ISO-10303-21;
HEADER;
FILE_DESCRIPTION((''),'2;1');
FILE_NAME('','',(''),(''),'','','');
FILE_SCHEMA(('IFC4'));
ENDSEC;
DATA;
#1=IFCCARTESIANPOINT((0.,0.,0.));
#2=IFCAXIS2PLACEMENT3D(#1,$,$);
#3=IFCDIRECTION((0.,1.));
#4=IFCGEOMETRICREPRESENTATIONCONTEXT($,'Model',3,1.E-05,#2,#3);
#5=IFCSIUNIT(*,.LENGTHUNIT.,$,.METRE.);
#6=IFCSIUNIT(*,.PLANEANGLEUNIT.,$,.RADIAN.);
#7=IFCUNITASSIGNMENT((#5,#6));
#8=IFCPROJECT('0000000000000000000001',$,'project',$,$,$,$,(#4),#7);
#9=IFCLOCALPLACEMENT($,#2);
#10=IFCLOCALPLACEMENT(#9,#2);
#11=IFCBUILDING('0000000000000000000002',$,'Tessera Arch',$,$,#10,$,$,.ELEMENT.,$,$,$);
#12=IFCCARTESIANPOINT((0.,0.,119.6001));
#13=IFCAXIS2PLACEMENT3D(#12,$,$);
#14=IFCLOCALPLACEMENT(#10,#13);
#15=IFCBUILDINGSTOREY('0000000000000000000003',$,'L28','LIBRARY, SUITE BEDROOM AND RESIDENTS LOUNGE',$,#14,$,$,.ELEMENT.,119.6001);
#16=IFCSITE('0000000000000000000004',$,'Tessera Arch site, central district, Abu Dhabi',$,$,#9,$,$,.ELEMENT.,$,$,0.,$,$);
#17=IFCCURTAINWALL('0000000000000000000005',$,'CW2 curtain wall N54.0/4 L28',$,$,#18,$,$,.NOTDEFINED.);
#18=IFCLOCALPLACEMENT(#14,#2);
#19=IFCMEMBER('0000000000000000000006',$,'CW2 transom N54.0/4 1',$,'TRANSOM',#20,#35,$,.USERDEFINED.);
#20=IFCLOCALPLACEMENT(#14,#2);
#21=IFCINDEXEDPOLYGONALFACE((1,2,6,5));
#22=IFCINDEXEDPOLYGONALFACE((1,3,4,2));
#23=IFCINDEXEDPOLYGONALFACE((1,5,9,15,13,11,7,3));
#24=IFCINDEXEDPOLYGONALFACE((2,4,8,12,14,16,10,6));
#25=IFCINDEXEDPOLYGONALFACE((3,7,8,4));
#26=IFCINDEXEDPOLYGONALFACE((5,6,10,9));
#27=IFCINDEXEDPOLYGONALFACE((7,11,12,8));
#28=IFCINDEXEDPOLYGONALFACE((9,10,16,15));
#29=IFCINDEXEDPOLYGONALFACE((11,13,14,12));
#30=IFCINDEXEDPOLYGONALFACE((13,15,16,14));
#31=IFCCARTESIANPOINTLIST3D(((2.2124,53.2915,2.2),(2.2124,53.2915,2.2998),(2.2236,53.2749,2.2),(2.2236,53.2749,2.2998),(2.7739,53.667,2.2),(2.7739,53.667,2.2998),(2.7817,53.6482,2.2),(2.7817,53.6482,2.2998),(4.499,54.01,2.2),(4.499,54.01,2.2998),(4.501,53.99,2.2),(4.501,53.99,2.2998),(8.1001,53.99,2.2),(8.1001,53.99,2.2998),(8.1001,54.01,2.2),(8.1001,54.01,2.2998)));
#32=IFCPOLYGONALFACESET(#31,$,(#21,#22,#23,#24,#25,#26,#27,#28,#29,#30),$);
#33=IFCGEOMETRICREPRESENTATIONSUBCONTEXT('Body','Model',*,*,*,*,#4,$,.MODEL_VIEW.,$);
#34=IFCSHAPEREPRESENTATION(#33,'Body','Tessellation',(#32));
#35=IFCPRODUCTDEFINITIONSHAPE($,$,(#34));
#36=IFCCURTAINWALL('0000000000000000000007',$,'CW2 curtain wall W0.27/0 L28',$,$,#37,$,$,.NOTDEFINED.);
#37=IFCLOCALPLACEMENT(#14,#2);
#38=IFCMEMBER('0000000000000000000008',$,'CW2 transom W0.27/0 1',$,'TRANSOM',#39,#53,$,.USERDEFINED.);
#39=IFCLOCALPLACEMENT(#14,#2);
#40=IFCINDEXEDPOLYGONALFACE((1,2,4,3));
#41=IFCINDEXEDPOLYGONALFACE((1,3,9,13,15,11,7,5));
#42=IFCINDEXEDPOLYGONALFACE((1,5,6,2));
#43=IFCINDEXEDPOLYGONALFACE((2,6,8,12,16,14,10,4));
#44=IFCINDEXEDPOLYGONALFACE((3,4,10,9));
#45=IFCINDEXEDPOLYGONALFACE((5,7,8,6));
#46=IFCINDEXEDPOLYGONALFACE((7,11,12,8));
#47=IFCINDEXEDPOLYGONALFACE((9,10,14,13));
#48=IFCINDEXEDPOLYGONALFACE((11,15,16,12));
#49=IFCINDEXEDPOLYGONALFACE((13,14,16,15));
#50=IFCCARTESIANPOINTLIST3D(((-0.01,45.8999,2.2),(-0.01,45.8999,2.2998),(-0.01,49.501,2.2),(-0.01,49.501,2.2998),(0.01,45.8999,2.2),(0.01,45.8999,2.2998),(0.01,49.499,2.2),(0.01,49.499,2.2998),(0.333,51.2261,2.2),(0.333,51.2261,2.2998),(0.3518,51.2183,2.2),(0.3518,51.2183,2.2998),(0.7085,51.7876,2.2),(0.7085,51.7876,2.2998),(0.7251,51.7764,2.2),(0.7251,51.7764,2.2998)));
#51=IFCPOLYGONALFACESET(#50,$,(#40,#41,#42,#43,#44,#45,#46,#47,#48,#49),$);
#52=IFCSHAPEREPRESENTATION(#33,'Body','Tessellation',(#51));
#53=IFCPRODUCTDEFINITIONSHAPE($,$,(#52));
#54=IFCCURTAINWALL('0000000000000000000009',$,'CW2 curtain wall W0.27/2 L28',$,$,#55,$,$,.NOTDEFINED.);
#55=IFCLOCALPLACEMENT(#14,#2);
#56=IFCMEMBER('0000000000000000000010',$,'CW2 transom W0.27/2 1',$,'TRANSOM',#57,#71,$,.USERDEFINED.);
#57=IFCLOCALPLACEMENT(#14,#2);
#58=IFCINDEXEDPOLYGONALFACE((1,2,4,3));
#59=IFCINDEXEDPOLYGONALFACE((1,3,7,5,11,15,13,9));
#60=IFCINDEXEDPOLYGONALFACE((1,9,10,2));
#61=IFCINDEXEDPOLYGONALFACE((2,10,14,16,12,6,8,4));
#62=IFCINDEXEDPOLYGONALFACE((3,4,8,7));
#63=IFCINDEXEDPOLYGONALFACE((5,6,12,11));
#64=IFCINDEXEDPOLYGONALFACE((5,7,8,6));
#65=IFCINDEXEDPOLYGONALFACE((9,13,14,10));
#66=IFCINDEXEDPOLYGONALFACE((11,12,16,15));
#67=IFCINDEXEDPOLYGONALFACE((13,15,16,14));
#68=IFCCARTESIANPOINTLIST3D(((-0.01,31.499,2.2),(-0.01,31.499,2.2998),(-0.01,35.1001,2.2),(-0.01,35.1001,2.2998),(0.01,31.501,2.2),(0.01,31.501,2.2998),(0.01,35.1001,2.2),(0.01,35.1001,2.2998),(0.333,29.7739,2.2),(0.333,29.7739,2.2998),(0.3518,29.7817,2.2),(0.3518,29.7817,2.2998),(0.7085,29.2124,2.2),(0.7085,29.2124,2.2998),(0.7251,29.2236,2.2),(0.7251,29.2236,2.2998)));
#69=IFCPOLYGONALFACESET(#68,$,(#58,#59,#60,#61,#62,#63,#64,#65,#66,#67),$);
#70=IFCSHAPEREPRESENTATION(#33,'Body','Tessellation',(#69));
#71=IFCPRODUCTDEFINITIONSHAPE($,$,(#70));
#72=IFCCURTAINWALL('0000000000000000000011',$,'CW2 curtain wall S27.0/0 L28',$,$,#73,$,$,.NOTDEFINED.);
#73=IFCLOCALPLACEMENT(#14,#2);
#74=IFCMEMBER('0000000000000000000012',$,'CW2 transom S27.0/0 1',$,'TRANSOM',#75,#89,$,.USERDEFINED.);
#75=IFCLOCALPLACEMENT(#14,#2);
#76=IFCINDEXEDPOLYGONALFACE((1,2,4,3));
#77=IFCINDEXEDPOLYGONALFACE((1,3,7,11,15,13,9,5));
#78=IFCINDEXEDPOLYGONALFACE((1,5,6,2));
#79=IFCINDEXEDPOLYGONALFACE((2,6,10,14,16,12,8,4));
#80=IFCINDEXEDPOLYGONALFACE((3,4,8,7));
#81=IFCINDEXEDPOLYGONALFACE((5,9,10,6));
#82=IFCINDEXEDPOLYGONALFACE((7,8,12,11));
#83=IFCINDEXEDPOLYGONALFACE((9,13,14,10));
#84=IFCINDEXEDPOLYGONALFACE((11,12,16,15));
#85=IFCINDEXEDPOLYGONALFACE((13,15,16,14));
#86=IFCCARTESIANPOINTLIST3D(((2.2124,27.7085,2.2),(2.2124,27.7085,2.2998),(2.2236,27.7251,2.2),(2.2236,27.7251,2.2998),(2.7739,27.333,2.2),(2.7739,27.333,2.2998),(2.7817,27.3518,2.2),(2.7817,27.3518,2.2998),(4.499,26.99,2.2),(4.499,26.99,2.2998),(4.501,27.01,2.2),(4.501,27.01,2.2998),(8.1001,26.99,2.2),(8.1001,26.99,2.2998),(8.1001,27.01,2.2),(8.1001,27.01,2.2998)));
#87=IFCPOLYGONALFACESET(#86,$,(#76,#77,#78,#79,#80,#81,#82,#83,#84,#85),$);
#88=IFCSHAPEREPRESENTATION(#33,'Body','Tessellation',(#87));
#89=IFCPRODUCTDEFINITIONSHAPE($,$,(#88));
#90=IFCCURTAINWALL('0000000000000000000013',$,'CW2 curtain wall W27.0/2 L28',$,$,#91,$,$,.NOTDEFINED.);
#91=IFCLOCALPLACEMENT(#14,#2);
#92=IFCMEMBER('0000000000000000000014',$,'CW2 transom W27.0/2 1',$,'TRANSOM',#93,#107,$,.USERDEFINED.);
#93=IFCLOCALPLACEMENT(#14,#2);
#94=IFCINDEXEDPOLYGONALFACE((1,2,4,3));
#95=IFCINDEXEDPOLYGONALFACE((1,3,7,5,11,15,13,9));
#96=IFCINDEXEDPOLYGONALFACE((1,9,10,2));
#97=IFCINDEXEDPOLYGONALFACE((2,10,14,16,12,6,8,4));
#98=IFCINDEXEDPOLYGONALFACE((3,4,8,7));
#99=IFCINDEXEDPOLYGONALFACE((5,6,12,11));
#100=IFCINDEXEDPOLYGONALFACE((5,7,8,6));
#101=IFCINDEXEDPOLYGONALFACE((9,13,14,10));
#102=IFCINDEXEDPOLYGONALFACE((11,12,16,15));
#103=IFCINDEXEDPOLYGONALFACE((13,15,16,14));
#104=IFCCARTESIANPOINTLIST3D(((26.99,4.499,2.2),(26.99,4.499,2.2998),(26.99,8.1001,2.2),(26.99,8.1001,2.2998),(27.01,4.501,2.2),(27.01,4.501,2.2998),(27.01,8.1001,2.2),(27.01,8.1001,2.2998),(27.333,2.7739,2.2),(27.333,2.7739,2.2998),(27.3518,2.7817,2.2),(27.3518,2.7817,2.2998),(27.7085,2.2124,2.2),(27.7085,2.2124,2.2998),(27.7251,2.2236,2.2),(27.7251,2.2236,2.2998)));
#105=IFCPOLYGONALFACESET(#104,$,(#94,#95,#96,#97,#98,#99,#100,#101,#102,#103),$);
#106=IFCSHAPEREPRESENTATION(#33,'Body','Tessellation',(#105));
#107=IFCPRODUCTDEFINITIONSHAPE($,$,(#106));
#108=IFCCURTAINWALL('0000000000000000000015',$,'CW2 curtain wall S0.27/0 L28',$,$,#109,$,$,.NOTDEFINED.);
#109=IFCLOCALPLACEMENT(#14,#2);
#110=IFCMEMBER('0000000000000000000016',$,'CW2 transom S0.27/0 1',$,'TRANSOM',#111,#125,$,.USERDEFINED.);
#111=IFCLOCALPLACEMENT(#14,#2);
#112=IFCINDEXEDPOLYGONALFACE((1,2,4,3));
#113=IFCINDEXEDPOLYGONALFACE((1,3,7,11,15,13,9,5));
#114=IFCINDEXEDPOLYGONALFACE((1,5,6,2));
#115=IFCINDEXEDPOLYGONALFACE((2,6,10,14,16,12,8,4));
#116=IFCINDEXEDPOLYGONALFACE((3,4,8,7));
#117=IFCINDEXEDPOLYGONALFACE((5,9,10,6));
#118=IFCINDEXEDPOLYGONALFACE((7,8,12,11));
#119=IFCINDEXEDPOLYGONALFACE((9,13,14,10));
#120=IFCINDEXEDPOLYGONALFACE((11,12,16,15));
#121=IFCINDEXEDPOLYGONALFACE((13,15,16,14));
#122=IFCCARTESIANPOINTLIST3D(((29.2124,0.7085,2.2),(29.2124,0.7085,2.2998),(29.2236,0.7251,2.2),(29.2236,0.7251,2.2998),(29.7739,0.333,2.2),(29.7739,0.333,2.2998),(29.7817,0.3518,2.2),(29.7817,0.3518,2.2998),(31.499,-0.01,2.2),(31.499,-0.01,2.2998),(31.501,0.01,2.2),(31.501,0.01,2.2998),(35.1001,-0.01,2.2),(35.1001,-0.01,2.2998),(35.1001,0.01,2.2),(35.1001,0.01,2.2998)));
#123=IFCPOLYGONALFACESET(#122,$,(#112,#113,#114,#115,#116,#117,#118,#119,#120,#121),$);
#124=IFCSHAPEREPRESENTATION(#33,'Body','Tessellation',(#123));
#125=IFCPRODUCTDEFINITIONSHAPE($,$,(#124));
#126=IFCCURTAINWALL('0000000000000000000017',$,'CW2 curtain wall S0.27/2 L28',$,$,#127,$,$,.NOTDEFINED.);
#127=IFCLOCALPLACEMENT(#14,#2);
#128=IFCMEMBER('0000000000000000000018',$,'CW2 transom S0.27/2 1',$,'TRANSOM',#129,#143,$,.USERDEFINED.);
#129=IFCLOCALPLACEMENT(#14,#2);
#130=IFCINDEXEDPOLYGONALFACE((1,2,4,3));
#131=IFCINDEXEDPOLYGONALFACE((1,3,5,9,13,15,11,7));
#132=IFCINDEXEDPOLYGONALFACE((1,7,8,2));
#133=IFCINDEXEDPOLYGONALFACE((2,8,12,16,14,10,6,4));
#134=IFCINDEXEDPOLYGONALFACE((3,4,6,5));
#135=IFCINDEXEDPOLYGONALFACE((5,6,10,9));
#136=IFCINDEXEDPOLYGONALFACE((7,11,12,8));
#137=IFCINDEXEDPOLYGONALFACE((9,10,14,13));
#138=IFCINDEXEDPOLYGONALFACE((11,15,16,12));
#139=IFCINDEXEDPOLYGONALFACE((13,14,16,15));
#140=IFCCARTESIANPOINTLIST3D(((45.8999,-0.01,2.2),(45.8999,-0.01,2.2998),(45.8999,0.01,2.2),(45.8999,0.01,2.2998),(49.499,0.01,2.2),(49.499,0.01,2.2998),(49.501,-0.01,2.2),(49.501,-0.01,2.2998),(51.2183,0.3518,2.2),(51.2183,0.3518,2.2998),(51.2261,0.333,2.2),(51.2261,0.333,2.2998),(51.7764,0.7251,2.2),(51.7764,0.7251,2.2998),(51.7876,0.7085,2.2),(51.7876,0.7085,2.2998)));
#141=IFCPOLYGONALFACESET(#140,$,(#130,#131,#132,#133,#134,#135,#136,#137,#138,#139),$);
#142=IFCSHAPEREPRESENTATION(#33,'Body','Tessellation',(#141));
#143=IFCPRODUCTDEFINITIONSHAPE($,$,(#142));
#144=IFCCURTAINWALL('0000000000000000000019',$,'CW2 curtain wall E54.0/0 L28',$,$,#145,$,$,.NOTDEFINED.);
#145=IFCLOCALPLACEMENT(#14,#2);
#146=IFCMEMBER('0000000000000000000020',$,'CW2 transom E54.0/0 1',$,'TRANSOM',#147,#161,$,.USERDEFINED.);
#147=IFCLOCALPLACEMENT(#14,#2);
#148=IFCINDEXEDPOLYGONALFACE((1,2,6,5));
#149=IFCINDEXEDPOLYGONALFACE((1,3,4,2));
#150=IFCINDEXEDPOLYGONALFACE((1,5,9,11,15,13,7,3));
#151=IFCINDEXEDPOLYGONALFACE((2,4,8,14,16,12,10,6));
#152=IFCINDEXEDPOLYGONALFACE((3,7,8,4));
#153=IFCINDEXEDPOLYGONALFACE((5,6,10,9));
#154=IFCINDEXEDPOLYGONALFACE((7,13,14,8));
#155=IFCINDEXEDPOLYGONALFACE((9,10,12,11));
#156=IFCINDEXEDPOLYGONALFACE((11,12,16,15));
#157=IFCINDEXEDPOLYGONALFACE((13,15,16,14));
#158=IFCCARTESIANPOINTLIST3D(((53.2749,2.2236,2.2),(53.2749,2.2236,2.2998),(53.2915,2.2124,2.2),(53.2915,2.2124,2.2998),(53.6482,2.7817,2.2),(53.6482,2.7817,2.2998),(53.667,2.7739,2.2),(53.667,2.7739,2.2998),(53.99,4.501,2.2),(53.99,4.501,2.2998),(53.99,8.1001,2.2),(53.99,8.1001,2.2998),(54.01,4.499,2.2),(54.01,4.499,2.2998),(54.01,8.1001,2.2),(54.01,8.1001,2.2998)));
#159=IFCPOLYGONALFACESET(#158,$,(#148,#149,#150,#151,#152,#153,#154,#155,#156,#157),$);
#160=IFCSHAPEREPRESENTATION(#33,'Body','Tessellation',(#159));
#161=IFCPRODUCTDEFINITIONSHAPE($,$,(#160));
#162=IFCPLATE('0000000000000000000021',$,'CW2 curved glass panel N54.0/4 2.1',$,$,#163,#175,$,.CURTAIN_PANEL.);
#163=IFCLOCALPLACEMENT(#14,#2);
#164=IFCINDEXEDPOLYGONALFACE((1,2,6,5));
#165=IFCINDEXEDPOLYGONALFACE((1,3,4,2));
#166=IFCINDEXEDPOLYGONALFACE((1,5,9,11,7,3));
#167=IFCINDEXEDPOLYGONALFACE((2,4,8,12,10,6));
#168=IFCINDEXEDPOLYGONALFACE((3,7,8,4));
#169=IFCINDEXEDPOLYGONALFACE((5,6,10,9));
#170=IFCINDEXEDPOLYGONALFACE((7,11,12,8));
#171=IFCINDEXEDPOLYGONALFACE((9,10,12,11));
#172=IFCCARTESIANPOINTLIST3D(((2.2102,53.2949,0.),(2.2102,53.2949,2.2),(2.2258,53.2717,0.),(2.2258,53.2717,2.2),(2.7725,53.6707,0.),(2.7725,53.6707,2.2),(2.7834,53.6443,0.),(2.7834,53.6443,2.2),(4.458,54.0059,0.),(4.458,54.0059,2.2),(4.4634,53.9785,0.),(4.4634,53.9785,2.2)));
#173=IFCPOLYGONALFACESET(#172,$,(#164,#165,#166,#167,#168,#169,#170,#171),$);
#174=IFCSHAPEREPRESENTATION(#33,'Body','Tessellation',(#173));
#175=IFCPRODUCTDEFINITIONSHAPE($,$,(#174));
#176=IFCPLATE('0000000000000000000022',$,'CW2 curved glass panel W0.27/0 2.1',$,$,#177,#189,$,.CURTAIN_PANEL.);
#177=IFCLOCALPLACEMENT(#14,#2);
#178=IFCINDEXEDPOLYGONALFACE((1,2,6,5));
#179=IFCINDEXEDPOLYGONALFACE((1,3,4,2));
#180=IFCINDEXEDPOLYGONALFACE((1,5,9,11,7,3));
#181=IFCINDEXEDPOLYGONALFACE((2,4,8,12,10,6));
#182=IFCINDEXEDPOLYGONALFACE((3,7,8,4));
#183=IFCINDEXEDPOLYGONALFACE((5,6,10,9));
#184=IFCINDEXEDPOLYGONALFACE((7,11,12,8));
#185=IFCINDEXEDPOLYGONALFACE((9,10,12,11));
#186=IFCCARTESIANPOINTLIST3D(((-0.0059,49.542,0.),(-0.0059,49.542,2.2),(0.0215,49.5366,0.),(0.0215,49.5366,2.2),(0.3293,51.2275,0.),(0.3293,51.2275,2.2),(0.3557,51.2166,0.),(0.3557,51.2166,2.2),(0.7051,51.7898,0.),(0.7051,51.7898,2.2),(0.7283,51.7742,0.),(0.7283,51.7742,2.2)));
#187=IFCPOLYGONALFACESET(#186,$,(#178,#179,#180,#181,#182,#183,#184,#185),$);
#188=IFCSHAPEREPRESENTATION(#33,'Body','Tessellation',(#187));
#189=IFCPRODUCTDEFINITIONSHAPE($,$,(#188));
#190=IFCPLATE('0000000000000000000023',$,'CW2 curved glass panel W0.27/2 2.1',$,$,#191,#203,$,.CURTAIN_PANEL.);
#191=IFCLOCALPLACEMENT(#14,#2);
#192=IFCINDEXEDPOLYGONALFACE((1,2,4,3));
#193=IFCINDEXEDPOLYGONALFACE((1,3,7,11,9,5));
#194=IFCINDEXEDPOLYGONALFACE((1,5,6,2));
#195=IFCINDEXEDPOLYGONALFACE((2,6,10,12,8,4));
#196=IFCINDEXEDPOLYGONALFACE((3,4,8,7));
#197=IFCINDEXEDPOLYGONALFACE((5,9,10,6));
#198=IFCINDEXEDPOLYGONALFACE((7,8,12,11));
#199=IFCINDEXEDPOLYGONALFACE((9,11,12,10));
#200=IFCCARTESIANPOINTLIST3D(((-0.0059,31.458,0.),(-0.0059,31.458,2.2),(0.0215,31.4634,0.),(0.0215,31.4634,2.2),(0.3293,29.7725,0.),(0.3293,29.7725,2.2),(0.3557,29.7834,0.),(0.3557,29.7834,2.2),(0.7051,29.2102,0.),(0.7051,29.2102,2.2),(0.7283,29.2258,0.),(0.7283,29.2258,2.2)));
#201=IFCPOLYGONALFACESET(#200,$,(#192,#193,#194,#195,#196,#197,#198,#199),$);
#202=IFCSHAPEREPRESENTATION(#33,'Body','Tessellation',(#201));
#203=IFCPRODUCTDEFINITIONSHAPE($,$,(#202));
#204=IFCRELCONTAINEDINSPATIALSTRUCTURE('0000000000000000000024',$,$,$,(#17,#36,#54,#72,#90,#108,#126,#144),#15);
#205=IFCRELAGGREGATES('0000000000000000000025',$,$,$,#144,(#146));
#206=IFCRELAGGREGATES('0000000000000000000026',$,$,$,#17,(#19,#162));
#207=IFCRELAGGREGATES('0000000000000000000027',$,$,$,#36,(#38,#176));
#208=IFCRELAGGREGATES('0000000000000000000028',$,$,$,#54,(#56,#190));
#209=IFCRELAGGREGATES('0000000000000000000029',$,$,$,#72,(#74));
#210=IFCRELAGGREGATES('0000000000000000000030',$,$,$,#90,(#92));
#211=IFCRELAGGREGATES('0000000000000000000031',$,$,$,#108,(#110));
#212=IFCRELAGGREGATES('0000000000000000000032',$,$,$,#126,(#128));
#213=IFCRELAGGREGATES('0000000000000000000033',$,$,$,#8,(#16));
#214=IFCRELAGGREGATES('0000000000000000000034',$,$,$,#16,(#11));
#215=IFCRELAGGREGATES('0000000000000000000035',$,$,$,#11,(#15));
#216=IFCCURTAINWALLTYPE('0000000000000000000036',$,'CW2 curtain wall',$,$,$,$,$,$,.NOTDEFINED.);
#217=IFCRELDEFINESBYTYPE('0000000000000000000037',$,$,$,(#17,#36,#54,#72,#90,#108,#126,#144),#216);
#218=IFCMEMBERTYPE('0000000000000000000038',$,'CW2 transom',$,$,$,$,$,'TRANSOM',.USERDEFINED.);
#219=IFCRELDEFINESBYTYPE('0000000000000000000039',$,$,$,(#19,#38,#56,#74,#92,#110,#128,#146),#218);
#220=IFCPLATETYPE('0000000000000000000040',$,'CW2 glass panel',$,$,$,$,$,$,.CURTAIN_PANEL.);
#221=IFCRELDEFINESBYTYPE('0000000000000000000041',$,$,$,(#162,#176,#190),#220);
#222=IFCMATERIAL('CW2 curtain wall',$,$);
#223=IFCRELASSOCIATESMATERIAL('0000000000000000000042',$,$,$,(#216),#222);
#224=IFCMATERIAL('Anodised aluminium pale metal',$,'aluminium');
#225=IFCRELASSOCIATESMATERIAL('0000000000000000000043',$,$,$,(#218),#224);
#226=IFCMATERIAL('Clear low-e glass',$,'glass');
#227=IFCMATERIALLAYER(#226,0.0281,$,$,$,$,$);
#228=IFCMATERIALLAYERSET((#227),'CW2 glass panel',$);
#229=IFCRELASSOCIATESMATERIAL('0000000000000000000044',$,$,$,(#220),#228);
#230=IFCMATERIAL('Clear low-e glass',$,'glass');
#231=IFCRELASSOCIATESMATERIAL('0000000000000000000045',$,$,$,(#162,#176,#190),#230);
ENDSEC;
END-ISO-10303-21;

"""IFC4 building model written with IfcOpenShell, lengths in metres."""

from ifc_helpers import new_model, si_unit, direction, frame, origin, origin_2d, place, context, subcontext, project, spatial, polyline, rectangle, outline, extrude, material, layer, layer_set, material_profile, profile_set, type_object, element, aggregate, save


model = new_model("IFC4")

# Units and contexts
model_context = context("Model", 3, precision=1e-05, world=origin(), true_north=direction((0.0, 1.0)))
body_context = subcontext(model_context, "Body", "Model", "MODEL_VIEW")
ifc_project = project(units=[si_unit("LENGTHUNIT", "METRE"), si_unit("PLANEANGLEUNIT", "RADIAN")], contexts=[model_context])

# Site, building, storey
site_placement = place(None, origin())
site = spatial("IfcSite", under=ifc_project, at=site_placement, Name="Tessera Arch site, central district, Abu Dhabi", CompositionType="ELEMENT", RefElevation=0.0)
building_placement = place(site_placement, origin())
building = spatial("IfcBuilding", under=site, at=building_placement, Name="Tessera Arch", CompositionType="ELEMENT")
storey_placement = place(building_placement, frame((0.0, 0.0, 119.6001)))
storey = spatial("IfcBuildingStorey", under=building, at=storey_placement, Name="L28", Description="LIBRARY, SUITE BEDROOM AND RESIDENTS LOUNGE", CompositionType="ELEMENT", Elevation=119.6001)

# Curtain walls, members
ifc_material_1 = material(Name="CW2 curtain wall")
curtain_wall_type = type_object("IfcCurtainWallType", Name="CW2 curtain wall", PredefinedType="NOTDEFINED", material=ifc_material_1)
curtain_wall_1_placement = place(storey_placement, origin())
curtain_wall_1 = element("IfcCurtainWall", 1, at=curtain_wall_1_placement, inside=storey, type_object=curtain_wall_type, Name="CW2 curtain wall N54.0/4 L28", PredefinedType="NOTDEFINED")
ifc_material_2 = material(Name="Anodised aluminium pale metal", Category="aluminium")
ifc_material_profile = material_profile(ifc_material_2, rectangle(XDim=0.2, YDim=0.1001, at=origin_2d()), Name="AL 200x100")
ifc_profile_set = profile_set([ifc_material_profile], Name="Anodised aluminium pale metal")
member_type = type_object("IfcMemberType", Name="CW2 transom", ElementType="TRANSOM", PredefinedType="USERDEFINED", material=ifc_profile_set)
member_1_placement = place(storey_placement, frame((0.0, 0.0, 2.2)))
member_1 = element("IfcMember", 2, at=member_1_placement, type_object=member_type, Name="CW2 transom N54.0/4 1", ObjectType="TRANSOM", PredefinedType="USERDEFINED", context=body_context, shape_type="SweptSolid", body=[
    extrude(outline(polyline([(4.501, 53.99), (8.1001, 53.99), (8.1001, 54.01), (4.499, 54.01), (2.7739, 53.667), (2.2124, 53.2915), (2.2236, 53.2749), (2.7817, 53.6482), (4.501, 53.99)])), origin(), (0.0, 0.0, 1.0), 0.0999),
])
curtain_wall_2_placement = place(storey_placement, origin())
curtain_wall_2 = element("IfcCurtainWall", 3, at=curtain_wall_2_placement, inside=storey, type_object=curtain_wall_type, Name="CW2 curtain wall W0.27/0 L28", PredefinedType="NOTDEFINED")
member_2_placement = place(storey_placement, frame((0.0, 0.0, 2.2)))
member_2 = element("IfcMember", 4, at=member_2_placement, type_object=member_type, Name="CW2 transom W0.27/0 1", ObjectType="TRANSOM", PredefinedType="USERDEFINED", context=body_context, shape_type="SweptSolid", body=[
    extrude(outline(polyline([(0.3518, 51.2183), (0.7251, 51.7764), (0.7085, 51.7876), (0.333, 51.2261), (-0.01, 49.501), (-0.01, 45.8999), (0.01, 45.8999), (0.01, 49.499), (0.3518, 51.2183)])), origin(), (0.0, 0.0, 1.0), 0.0999),
])
curtain_wall_3_placement = place(storey_placement, origin())
curtain_wall_3 = element("IfcCurtainWall", 5, at=curtain_wall_3_placement, inside=storey, type_object=curtain_wall_type, Name="CW2 curtain wall W0.27/2 L28", PredefinedType="NOTDEFINED")
member_3_placement = place(storey_placement, frame((0.0, 0.0, 2.2)))
member_3 = element("IfcMember", 6, at=member_3_placement, type_object=member_type, Name="CW2 transom W0.27/2 1", ObjectType="TRANSOM", PredefinedType="USERDEFINED", context=body_context, shape_type="SweptSolid", body=[
    extrude(outline(polyline([(0.01, 31.501), (0.01, 35.1001), (-0.01, 35.1001), (-0.01, 31.499), (0.333, 29.7739), (0.7085, 29.2124), (0.7251, 29.2236), (0.3518, 29.7817), (0.01, 31.501)])), origin(), (0.0, 0.0, 1.0), 0.0999),
])
curtain_wall_4_placement = place(storey_placement, origin())
curtain_wall_4 = element("IfcCurtainWall", 7, at=curtain_wall_4_placement, inside=storey, type_object=curtain_wall_type, Name="CW2 curtain wall S27.0/0 L28", PredefinedType="NOTDEFINED")
member_4_placement = place(storey_placement, frame((0.0, 0.0, 2.2)))
member_4 = element("IfcMember", 8, at=member_4_placement, type_object=member_type, Name="CW2 transom S27.0/0 1", ObjectType="TRANSOM", PredefinedType="USERDEFINED", context=body_context, shape_type="SweptSolid", body=[
    extrude(outline(polyline([(2.7817, 27.3518), (2.2236, 27.7251), (2.2124, 27.7085), (2.7739, 27.333), (4.499, 26.99), (8.1001, 26.99), (8.1001, 27.01), (4.501, 27.01), (2.7817, 27.3518)])), origin(), (0.0, 0.0, 1.0), 0.0999),
])
curtain_wall_5_placement = place(storey_placement, origin())
curtain_wall_5 = element("IfcCurtainWall", 9, at=curtain_wall_5_placement, inside=storey, type_object=curtain_wall_type, Name="CW2 curtain wall W27.0/2 L28", PredefinedType="NOTDEFINED")
member_5_placement = place(storey_placement, frame((0.0, 0.0, 2.2)))
member_5 = element("IfcMember", 10, at=member_5_placement, type_object=member_type, Name="CW2 transom W27.0/2 1", ObjectType="TRANSOM", PredefinedType="USERDEFINED", context=body_context, shape_type="SweptSolid", body=[
    extrude(outline(polyline([(27.01, 4.501), (27.01, 8.1001), (26.99, 8.1001), (26.99, 4.499), (27.333, 2.7739), (27.7085, 2.2124), (27.7251, 2.2236), (27.3518, 2.7817), (27.01, 4.501)])), origin(), (0.0, 0.0, 1.0), 0.0999),
])
curtain_wall_6_placement = place(storey_placement, origin())
curtain_wall_6 = element("IfcCurtainWall", 11, at=curtain_wall_6_placement, inside=storey, type_object=curtain_wall_type, Name="CW2 curtain wall S0.27/0 L28", PredefinedType="NOTDEFINED")
member_6_placement = place(storey_placement, frame((0.0, 0.0, 2.2)))
member_6 = element("IfcMember", 12, at=member_6_placement, type_object=member_type, Name="CW2 transom S0.27/0 1", ObjectType="TRANSOM", PredefinedType="USERDEFINED", context=body_context, shape_type="SweptSolid", body=[
    extrude(outline(polyline([(29.7817, 0.3518), (29.2236, 0.7251), (29.2124, 0.7085), (29.7739, 0.333), (31.499, -0.01), (35.1001, -0.01), (35.1001, 0.01), (31.501, 0.01), (29.7817, 0.3518)])), origin(), (0.0, 0.0, 1.0), 0.0999),
])
curtain_wall_7_placement = place(storey_placement, origin())
curtain_wall_7 = element("IfcCurtainWall", 13, at=curtain_wall_7_placement, inside=storey, type_object=curtain_wall_type, Name="CW2 curtain wall S0.27/2 L28", PredefinedType="NOTDEFINED")
member_7_placement = place(storey_placement, frame((0.0, 0.0, 2.2)))
member_7 = element("IfcMember", 14, at=member_7_placement, type_object=member_type, Name="CW2 transom S0.27/2 1", ObjectType="TRANSOM", PredefinedType="USERDEFINED", context=body_context, shape_type="SweptSolid", body=[
    extrude(outline(polyline([(49.499, 0.01), (45.8999, 0.01), (45.8999, -0.01), (49.501, -0.01), (51.2261, 0.333), (51.7876, 0.7085), (51.7764, 0.7251), (51.2183, 0.3518), (49.499, 0.01)])), origin(), (0.0, 0.0, 1.0), 0.0999),
])
curtain_wall_8_placement = place(storey_placement, origin())
curtain_wall_8 = element("IfcCurtainWall", 15, at=curtain_wall_8_placement, inside=storey, type_object=curtain_wall_type, Name="CW2 curtain wall E54.0/0 L28", PredefinedType="NOTDEFINED")
member_8_placement = place(storey_placement, frame((0.0, 0.0, 2.2)))
member_8 = element("IfcMember", 16, at=member_8_placement, type_object=member_type, Name="CW2 transom E54.0/0 1", ObjectType="TRANSOM", PredefinedType="USERDEFINED", context=body_context, shape_type="SweptSolid", body=[
    extrude(outline(polyline([(53.6482, 2.7817), (53.2749, 2.2236), (53.2915, 2.2124), (53.667, 2.7739), (54.01, 4.499), (54.01, 8.1001), (53.99, 8.1001), (53.99, 4.501), (53.6482, 2.7817)])), origin(), (0.0, 0.0, 1.0), 0.0999),
])
aggregate(curtain_wall_8, [member_8])

# Plates
ifc_material_3 = material(Name="Clear low-e glass", Category="glass")
ifc_material_4 = material(Name="Clear low-e glass", Category="glass")
ifc_layer_1 = layer(ifc_material_4, 0.0281)
ifc_layer_set_1 = layer_set([ifc_layer_1], Name="CW2 glass panel")
plate_type_1 = type_object("IfcPlateType", Name="CW2 glass panel", PredefinedType="CURTAIN_PANEL", material=ifc_layer_set_1)
plate_1_placement = place(storey_placement, origin())
plate_1 = element("IfcPlate", 17, at=plate_1_placement, type_object=plate_type_1, material=ifc_material_3, Name="CW2 curved glass panel N54.0/4 2.1", PredefinedType="CURTAIN_PANEL", context=body_context, shape_type="SweptSolid", body=[
    extrude(outline(polyline([(2.7834, 53.6443), (4.4634, 53.9785), (4.458, 54.0059), (2.7725, 53.6707), (2.2102, 53.2949), (2.2258, 53.2717), (2.7834, 53.6443)])), origin(), (0.0, 0.0, 1.0), 2.2),
])
plate_2_placement = place(storey_placement, origin())
plate_2 = element("IfcPlate", 18, at=plate_2_placement, type_object=plate_type_1, material=ifc_material_3, Name="CW2 curved glass panel W0.27/0 2.1", PredefinedType="CURTAIN_PANEL", context=body_context, shape_type="SweptSolid", body=[
    extrude(outline(polyline([(0.3557, 51.2166), (0.7283, 51.7742), (0.7051, 51.7898), (0.3293, 51.2275), (-0.0059, 49.542), (0.0215, 49.5366), (0.3557, 51.2166)])), origin(), (0.0, 0.0, 1.0), 2.2),
])
plate_3_placement = place(storey_placement, origin())
plate_3 = element("IfcPlate", 19, at=plate_3_placement, type_object=plate_type_1, material=ifc_material_3, Name="CW2 curved glass panel W0.27/2 2.1", PredefinedType="CURTAIN_PANEL", context=body_context, shape_type="SweptSolid", body=[
    extrude(outline(polyline([(0.3557, 29.7834), (0.0215, 31.4634), (-0.0059, 31.458), (0.3293, 29.7725), (0.7051, 29.2102), (0.7283, 29.2258), (0.3557, 29.7834)])), origin(), (0.0, 0.0, 1.0), 2.2),
])
aggregate(curtain_wall_1, [member_1, plate_1])
aggregate(curtain_wall_2, [member_2, plate_2])
aggregate(curtain_wall_3, [member_3, plate_3])
aggregate(curtain_wall_4, [member_4])
aggregate(curtain_wall_5, [member_5])
aggregate(curtain_wall_6, [member_6])
aggregate(curtain_wall_7, [member_7])

save(model, "model.ifc")
